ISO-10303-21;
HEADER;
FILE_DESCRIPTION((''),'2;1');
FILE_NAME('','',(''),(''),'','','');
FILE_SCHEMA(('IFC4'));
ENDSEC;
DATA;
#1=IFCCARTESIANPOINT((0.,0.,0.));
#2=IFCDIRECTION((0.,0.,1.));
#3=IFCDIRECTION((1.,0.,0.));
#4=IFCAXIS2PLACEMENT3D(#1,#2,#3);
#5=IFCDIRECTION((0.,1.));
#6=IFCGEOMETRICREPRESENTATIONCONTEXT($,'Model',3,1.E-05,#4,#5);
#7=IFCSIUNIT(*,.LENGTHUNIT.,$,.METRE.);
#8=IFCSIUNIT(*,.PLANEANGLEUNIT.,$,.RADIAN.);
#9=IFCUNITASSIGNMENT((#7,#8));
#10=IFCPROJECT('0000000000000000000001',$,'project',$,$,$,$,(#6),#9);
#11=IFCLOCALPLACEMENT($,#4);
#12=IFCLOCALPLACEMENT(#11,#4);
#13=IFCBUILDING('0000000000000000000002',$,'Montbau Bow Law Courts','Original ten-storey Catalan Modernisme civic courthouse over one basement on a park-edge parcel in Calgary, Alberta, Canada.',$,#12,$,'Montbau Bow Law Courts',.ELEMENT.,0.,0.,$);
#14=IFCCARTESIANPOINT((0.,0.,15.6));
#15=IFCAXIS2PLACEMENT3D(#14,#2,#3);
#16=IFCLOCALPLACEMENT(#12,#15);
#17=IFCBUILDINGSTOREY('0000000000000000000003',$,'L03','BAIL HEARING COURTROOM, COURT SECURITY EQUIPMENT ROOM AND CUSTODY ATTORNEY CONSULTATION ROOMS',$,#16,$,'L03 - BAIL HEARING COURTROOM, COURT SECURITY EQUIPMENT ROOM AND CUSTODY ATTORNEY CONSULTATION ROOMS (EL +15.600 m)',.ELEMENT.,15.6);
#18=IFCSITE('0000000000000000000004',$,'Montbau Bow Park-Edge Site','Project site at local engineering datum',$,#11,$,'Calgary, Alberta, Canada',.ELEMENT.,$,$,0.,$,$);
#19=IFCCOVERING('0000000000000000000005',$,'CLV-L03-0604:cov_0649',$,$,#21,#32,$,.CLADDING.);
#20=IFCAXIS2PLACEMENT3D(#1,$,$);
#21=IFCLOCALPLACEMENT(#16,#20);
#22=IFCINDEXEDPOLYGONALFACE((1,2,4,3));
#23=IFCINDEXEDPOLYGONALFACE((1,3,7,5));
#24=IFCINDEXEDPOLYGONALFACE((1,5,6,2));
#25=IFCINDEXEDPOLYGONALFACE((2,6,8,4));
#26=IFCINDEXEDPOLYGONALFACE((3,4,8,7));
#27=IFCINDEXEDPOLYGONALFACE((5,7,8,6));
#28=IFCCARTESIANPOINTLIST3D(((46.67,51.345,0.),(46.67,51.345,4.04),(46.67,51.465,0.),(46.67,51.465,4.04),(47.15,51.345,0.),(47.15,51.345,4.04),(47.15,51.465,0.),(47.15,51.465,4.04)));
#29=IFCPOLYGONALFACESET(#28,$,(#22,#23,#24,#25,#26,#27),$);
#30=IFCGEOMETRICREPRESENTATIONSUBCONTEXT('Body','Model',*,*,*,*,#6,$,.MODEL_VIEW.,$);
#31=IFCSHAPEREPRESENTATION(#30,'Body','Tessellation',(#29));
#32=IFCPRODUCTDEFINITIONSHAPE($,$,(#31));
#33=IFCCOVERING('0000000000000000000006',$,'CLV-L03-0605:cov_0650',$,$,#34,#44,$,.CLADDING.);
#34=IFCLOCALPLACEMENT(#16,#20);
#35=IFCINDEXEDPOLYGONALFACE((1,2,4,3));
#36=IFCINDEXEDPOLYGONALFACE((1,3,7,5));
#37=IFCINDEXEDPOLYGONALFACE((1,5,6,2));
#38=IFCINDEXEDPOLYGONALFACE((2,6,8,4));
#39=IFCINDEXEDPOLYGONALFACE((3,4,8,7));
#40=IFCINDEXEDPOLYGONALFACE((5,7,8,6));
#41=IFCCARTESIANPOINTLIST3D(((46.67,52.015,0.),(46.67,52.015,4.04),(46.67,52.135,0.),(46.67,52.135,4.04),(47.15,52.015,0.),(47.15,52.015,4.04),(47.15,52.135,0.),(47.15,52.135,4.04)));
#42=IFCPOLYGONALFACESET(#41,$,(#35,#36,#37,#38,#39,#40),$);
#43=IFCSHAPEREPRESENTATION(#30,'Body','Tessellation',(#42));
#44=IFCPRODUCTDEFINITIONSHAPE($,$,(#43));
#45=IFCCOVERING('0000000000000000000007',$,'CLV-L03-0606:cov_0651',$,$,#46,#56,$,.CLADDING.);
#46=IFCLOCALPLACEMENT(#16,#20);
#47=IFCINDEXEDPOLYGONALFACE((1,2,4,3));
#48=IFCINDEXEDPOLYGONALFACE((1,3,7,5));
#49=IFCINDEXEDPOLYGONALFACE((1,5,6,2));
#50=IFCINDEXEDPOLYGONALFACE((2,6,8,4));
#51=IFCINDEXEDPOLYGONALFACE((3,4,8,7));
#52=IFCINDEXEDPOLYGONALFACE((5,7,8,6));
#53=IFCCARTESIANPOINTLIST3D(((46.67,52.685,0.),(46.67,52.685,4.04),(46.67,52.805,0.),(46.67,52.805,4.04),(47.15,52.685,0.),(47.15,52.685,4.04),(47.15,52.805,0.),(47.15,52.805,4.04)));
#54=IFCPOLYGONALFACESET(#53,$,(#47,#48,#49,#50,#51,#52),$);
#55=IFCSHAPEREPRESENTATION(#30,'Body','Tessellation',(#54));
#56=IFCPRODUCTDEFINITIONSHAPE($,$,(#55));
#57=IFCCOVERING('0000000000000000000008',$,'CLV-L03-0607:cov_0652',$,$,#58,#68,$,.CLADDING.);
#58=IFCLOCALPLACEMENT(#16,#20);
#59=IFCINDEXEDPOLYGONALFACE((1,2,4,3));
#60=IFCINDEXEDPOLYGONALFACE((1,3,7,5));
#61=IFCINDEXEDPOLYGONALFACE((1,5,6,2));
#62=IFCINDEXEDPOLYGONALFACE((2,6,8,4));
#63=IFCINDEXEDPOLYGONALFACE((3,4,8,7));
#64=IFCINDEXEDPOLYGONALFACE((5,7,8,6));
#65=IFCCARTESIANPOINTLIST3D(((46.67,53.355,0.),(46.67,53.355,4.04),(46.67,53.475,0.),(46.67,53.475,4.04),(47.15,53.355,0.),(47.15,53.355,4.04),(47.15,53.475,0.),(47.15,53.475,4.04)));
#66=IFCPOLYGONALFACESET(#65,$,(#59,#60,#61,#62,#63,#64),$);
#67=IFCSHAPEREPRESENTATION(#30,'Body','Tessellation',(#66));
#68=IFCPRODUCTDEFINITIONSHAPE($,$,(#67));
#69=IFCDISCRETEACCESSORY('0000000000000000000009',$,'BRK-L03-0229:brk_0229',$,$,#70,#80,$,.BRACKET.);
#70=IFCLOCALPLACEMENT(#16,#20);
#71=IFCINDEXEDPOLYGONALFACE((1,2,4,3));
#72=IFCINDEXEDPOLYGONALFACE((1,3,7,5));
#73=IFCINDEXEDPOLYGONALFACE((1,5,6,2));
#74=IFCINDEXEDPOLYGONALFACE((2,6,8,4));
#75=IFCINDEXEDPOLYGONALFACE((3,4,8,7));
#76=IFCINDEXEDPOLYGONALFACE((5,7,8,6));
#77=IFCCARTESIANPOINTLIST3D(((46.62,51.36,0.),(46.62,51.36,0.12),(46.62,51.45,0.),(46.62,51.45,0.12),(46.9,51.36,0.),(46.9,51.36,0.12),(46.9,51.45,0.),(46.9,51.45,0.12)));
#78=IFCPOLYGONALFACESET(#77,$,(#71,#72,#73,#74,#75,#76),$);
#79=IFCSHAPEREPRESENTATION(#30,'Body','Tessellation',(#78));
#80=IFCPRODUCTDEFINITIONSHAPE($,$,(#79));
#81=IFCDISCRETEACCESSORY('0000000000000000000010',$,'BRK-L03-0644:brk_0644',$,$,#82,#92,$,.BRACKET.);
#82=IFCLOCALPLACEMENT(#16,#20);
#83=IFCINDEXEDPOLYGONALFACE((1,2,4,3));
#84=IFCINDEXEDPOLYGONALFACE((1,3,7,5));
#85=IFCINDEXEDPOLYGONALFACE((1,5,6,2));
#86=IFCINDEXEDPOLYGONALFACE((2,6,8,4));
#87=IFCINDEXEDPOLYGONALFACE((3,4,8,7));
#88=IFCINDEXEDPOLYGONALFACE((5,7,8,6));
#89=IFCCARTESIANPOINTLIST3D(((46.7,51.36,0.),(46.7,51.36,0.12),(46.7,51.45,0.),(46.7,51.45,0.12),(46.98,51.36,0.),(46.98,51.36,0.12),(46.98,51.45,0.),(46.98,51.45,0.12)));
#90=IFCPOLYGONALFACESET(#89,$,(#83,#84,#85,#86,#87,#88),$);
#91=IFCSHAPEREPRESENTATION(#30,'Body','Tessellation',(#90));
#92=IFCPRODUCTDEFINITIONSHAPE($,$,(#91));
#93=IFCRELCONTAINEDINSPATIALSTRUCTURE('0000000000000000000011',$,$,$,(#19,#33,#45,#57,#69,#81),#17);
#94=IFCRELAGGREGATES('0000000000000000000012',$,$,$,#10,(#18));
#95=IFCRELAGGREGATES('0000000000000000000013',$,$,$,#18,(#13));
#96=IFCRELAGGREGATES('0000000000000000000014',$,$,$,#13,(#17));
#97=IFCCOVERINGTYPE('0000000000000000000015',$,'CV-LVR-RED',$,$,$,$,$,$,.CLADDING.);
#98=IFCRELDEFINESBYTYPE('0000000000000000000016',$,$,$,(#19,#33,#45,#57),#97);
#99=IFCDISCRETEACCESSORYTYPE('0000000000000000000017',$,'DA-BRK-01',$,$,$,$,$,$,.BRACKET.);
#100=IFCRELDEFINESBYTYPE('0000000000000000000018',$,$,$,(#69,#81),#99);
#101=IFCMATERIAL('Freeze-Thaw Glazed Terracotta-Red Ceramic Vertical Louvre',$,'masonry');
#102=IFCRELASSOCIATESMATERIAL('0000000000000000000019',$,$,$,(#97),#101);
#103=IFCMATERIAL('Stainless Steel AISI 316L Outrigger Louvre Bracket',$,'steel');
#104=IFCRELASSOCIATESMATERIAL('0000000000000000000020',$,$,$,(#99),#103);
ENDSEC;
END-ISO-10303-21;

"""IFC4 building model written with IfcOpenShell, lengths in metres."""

from ifc_helpers import new_model, si_unit, direction, frame, frame_2d, origin_with_axes, origin_2d_with_axis, place, context, subcontext, project, spatial, rectangle, extrude, material, type_object, element, save


model = new_model("IFC4")

# Units and contexts
model_context = context("Model", 3, precision=1e-05, world=origin_with_axes(), true_north=direction((0.0, 1.0)))
body_context = subcontext(model_context, "Body", "Model", "MODEL_VIEW")
ifc_project = project(units=[si_unit("LENGTHUNIT", "METRE"), si_unit("PLANEANGLEUNIT", "RADIAN")], contexts=[model_context])

# Site, building, storey
site_placement = place(None, origin_with_axes())
site = spatial("IfcSite", under=ifc_project, at=site_placement, Name="Montbau Bow Park-Edge Site", Description="Project site at local engineering datum", LongName="Calgary, Alberta, Canada", CompositionType="ELEMENT", RefElevation=0.0)
building_placement = place(site_placement, origin_with_axes())
building = spatial("IfcBuilding", under=site, at=building_placement, Name="Montbau Bow Law Courts", Description="Original ten-storey Catalan Modernisme civic courthouse over one basement on a park-edge parcel in Calgary, Alberta, Canada.", LongName="Montbau Bow Law Courts", CompositionType="ELEMENT", ElevationOfRefHeight=0.0, ElevationOfTerrain=0.0)
storey_placement = place(building_placement, frame((0.0, 0.0, 15.6), z_axis=(0.0, 0.0, 1.0), x_axis=(1.0, 0.0, 0.0)))
storey = spatial("IfcBuildingStorey", under=building, at=storey_placement, Name="L03", Description="BAIL HEARING COURTROOM, COURT SECURITY EQUIPMENT ROOM AND CUSTODY ATTORNEY CONSULTATION ROOMS", LongName="L03 - BAIL HEARING COURTROOM, COURT SECURITY EQUIPMENT ROOM AND CUSTODY ATTORNEY CONSULTATION ROOMS (EL +15.600 m)", CompositionType="ELEMENT", Elevation=15.6)

# Coverings
ifc_material_1 = material(Name="Freeze-Thaw Glazed Terracotta-Red Ceramic Vertical Louvre", Category="masonry")
covering_type_1 = type_object("IfcCoveringType", Name="CV-LVR-RED", PredefinedType="CLADDING", material=ifc_material_1)
for number, where, z_axis, x_axis, name in (
    (1, (46.67, 51.405, 15.6), (0.0, -1.0, 0.0), (1.0, 0.0, 0.0), "CLV-L03-0604:cov_0649"),
    (2, (46.67, 52.075, 15.6), (0.0, -1.0, 0.0), (1.0, 0.0, 0.0), "CLV-L03-0605:cov_0650"),
    (3, (46.67, 52.745, 15.6), (0.0, -1.0, 0.0), (1.0, 0.0, 0.0), "CLV-L03-0606:cov_0651"),
    (4, (46.67, 53.415, 15.6), (0.0, -1.0, 0.0), (1.0, 0.0, 0.0), "CLV-L03-0607:cov_0652"),
):
    element("IfcCovering", number, at=place(None, frame(where, z_axis=z_axis, x_axis=x_axis)), inside=storey, type_object=covering_type_1, Name=name, PredefinedType="CLADDING", context=body_context, shape_type="SweptSolid", body=[
        extrude(rectangle(XDim=0.48, YDim=4.04, at=frame_2d((0.24, 2.02), x_axis=(1.0, 0.0))), frame((0.0, 0.0, -0.06), z_axis=(0.0, 0.0, 1.0), x_axis=(1.0, 0.0, 0.0)), (0.0, 0.0, 1.0), 0.12),
    ])

# Discrete accessories
ifc_material_2 = material(Name="Stainless Steel AISI 316L Outrigger Louvre Bracket", Category="steel")
discrete_accessory_type = type_object("IfcDiscreteAccessoryType", Name="DA-BRK-01", PredefinedType="BRACKET", material=ifc_material_2)
for number, where, z_axis, x_axis, name in (
    (5, (46.76, 51.405, 15.6), (0.0, 0.0, 1.0), (1.0, 0.0, 0.0), "BRK-L03-0229:brk_0229"),
    (6, (46.84, 51.405, 15.6), (0.0, 0.0, 1.0), (-1.0, 0.0, 0.0), "BRK-L03-0644:brk_0644"),
):
    element("IfcDiscreteAccessory", number, at=place(None, frame(where, z_axis=z_axis, x_axis=x_axis)), inside=storey, type_object=discrete_accessory_type, Name=name, PredefinedType="BRACKET", context=body_context, shape_type="SweptSolid", body=[
        extrude(rectangle(XDim=0.28, YDim=0.09, at=origin_2d_with_axis()), origin_with_axes(), (0.0, 0.0, 1.0), 0.12),
    ])

save(model, "model.ifc")
